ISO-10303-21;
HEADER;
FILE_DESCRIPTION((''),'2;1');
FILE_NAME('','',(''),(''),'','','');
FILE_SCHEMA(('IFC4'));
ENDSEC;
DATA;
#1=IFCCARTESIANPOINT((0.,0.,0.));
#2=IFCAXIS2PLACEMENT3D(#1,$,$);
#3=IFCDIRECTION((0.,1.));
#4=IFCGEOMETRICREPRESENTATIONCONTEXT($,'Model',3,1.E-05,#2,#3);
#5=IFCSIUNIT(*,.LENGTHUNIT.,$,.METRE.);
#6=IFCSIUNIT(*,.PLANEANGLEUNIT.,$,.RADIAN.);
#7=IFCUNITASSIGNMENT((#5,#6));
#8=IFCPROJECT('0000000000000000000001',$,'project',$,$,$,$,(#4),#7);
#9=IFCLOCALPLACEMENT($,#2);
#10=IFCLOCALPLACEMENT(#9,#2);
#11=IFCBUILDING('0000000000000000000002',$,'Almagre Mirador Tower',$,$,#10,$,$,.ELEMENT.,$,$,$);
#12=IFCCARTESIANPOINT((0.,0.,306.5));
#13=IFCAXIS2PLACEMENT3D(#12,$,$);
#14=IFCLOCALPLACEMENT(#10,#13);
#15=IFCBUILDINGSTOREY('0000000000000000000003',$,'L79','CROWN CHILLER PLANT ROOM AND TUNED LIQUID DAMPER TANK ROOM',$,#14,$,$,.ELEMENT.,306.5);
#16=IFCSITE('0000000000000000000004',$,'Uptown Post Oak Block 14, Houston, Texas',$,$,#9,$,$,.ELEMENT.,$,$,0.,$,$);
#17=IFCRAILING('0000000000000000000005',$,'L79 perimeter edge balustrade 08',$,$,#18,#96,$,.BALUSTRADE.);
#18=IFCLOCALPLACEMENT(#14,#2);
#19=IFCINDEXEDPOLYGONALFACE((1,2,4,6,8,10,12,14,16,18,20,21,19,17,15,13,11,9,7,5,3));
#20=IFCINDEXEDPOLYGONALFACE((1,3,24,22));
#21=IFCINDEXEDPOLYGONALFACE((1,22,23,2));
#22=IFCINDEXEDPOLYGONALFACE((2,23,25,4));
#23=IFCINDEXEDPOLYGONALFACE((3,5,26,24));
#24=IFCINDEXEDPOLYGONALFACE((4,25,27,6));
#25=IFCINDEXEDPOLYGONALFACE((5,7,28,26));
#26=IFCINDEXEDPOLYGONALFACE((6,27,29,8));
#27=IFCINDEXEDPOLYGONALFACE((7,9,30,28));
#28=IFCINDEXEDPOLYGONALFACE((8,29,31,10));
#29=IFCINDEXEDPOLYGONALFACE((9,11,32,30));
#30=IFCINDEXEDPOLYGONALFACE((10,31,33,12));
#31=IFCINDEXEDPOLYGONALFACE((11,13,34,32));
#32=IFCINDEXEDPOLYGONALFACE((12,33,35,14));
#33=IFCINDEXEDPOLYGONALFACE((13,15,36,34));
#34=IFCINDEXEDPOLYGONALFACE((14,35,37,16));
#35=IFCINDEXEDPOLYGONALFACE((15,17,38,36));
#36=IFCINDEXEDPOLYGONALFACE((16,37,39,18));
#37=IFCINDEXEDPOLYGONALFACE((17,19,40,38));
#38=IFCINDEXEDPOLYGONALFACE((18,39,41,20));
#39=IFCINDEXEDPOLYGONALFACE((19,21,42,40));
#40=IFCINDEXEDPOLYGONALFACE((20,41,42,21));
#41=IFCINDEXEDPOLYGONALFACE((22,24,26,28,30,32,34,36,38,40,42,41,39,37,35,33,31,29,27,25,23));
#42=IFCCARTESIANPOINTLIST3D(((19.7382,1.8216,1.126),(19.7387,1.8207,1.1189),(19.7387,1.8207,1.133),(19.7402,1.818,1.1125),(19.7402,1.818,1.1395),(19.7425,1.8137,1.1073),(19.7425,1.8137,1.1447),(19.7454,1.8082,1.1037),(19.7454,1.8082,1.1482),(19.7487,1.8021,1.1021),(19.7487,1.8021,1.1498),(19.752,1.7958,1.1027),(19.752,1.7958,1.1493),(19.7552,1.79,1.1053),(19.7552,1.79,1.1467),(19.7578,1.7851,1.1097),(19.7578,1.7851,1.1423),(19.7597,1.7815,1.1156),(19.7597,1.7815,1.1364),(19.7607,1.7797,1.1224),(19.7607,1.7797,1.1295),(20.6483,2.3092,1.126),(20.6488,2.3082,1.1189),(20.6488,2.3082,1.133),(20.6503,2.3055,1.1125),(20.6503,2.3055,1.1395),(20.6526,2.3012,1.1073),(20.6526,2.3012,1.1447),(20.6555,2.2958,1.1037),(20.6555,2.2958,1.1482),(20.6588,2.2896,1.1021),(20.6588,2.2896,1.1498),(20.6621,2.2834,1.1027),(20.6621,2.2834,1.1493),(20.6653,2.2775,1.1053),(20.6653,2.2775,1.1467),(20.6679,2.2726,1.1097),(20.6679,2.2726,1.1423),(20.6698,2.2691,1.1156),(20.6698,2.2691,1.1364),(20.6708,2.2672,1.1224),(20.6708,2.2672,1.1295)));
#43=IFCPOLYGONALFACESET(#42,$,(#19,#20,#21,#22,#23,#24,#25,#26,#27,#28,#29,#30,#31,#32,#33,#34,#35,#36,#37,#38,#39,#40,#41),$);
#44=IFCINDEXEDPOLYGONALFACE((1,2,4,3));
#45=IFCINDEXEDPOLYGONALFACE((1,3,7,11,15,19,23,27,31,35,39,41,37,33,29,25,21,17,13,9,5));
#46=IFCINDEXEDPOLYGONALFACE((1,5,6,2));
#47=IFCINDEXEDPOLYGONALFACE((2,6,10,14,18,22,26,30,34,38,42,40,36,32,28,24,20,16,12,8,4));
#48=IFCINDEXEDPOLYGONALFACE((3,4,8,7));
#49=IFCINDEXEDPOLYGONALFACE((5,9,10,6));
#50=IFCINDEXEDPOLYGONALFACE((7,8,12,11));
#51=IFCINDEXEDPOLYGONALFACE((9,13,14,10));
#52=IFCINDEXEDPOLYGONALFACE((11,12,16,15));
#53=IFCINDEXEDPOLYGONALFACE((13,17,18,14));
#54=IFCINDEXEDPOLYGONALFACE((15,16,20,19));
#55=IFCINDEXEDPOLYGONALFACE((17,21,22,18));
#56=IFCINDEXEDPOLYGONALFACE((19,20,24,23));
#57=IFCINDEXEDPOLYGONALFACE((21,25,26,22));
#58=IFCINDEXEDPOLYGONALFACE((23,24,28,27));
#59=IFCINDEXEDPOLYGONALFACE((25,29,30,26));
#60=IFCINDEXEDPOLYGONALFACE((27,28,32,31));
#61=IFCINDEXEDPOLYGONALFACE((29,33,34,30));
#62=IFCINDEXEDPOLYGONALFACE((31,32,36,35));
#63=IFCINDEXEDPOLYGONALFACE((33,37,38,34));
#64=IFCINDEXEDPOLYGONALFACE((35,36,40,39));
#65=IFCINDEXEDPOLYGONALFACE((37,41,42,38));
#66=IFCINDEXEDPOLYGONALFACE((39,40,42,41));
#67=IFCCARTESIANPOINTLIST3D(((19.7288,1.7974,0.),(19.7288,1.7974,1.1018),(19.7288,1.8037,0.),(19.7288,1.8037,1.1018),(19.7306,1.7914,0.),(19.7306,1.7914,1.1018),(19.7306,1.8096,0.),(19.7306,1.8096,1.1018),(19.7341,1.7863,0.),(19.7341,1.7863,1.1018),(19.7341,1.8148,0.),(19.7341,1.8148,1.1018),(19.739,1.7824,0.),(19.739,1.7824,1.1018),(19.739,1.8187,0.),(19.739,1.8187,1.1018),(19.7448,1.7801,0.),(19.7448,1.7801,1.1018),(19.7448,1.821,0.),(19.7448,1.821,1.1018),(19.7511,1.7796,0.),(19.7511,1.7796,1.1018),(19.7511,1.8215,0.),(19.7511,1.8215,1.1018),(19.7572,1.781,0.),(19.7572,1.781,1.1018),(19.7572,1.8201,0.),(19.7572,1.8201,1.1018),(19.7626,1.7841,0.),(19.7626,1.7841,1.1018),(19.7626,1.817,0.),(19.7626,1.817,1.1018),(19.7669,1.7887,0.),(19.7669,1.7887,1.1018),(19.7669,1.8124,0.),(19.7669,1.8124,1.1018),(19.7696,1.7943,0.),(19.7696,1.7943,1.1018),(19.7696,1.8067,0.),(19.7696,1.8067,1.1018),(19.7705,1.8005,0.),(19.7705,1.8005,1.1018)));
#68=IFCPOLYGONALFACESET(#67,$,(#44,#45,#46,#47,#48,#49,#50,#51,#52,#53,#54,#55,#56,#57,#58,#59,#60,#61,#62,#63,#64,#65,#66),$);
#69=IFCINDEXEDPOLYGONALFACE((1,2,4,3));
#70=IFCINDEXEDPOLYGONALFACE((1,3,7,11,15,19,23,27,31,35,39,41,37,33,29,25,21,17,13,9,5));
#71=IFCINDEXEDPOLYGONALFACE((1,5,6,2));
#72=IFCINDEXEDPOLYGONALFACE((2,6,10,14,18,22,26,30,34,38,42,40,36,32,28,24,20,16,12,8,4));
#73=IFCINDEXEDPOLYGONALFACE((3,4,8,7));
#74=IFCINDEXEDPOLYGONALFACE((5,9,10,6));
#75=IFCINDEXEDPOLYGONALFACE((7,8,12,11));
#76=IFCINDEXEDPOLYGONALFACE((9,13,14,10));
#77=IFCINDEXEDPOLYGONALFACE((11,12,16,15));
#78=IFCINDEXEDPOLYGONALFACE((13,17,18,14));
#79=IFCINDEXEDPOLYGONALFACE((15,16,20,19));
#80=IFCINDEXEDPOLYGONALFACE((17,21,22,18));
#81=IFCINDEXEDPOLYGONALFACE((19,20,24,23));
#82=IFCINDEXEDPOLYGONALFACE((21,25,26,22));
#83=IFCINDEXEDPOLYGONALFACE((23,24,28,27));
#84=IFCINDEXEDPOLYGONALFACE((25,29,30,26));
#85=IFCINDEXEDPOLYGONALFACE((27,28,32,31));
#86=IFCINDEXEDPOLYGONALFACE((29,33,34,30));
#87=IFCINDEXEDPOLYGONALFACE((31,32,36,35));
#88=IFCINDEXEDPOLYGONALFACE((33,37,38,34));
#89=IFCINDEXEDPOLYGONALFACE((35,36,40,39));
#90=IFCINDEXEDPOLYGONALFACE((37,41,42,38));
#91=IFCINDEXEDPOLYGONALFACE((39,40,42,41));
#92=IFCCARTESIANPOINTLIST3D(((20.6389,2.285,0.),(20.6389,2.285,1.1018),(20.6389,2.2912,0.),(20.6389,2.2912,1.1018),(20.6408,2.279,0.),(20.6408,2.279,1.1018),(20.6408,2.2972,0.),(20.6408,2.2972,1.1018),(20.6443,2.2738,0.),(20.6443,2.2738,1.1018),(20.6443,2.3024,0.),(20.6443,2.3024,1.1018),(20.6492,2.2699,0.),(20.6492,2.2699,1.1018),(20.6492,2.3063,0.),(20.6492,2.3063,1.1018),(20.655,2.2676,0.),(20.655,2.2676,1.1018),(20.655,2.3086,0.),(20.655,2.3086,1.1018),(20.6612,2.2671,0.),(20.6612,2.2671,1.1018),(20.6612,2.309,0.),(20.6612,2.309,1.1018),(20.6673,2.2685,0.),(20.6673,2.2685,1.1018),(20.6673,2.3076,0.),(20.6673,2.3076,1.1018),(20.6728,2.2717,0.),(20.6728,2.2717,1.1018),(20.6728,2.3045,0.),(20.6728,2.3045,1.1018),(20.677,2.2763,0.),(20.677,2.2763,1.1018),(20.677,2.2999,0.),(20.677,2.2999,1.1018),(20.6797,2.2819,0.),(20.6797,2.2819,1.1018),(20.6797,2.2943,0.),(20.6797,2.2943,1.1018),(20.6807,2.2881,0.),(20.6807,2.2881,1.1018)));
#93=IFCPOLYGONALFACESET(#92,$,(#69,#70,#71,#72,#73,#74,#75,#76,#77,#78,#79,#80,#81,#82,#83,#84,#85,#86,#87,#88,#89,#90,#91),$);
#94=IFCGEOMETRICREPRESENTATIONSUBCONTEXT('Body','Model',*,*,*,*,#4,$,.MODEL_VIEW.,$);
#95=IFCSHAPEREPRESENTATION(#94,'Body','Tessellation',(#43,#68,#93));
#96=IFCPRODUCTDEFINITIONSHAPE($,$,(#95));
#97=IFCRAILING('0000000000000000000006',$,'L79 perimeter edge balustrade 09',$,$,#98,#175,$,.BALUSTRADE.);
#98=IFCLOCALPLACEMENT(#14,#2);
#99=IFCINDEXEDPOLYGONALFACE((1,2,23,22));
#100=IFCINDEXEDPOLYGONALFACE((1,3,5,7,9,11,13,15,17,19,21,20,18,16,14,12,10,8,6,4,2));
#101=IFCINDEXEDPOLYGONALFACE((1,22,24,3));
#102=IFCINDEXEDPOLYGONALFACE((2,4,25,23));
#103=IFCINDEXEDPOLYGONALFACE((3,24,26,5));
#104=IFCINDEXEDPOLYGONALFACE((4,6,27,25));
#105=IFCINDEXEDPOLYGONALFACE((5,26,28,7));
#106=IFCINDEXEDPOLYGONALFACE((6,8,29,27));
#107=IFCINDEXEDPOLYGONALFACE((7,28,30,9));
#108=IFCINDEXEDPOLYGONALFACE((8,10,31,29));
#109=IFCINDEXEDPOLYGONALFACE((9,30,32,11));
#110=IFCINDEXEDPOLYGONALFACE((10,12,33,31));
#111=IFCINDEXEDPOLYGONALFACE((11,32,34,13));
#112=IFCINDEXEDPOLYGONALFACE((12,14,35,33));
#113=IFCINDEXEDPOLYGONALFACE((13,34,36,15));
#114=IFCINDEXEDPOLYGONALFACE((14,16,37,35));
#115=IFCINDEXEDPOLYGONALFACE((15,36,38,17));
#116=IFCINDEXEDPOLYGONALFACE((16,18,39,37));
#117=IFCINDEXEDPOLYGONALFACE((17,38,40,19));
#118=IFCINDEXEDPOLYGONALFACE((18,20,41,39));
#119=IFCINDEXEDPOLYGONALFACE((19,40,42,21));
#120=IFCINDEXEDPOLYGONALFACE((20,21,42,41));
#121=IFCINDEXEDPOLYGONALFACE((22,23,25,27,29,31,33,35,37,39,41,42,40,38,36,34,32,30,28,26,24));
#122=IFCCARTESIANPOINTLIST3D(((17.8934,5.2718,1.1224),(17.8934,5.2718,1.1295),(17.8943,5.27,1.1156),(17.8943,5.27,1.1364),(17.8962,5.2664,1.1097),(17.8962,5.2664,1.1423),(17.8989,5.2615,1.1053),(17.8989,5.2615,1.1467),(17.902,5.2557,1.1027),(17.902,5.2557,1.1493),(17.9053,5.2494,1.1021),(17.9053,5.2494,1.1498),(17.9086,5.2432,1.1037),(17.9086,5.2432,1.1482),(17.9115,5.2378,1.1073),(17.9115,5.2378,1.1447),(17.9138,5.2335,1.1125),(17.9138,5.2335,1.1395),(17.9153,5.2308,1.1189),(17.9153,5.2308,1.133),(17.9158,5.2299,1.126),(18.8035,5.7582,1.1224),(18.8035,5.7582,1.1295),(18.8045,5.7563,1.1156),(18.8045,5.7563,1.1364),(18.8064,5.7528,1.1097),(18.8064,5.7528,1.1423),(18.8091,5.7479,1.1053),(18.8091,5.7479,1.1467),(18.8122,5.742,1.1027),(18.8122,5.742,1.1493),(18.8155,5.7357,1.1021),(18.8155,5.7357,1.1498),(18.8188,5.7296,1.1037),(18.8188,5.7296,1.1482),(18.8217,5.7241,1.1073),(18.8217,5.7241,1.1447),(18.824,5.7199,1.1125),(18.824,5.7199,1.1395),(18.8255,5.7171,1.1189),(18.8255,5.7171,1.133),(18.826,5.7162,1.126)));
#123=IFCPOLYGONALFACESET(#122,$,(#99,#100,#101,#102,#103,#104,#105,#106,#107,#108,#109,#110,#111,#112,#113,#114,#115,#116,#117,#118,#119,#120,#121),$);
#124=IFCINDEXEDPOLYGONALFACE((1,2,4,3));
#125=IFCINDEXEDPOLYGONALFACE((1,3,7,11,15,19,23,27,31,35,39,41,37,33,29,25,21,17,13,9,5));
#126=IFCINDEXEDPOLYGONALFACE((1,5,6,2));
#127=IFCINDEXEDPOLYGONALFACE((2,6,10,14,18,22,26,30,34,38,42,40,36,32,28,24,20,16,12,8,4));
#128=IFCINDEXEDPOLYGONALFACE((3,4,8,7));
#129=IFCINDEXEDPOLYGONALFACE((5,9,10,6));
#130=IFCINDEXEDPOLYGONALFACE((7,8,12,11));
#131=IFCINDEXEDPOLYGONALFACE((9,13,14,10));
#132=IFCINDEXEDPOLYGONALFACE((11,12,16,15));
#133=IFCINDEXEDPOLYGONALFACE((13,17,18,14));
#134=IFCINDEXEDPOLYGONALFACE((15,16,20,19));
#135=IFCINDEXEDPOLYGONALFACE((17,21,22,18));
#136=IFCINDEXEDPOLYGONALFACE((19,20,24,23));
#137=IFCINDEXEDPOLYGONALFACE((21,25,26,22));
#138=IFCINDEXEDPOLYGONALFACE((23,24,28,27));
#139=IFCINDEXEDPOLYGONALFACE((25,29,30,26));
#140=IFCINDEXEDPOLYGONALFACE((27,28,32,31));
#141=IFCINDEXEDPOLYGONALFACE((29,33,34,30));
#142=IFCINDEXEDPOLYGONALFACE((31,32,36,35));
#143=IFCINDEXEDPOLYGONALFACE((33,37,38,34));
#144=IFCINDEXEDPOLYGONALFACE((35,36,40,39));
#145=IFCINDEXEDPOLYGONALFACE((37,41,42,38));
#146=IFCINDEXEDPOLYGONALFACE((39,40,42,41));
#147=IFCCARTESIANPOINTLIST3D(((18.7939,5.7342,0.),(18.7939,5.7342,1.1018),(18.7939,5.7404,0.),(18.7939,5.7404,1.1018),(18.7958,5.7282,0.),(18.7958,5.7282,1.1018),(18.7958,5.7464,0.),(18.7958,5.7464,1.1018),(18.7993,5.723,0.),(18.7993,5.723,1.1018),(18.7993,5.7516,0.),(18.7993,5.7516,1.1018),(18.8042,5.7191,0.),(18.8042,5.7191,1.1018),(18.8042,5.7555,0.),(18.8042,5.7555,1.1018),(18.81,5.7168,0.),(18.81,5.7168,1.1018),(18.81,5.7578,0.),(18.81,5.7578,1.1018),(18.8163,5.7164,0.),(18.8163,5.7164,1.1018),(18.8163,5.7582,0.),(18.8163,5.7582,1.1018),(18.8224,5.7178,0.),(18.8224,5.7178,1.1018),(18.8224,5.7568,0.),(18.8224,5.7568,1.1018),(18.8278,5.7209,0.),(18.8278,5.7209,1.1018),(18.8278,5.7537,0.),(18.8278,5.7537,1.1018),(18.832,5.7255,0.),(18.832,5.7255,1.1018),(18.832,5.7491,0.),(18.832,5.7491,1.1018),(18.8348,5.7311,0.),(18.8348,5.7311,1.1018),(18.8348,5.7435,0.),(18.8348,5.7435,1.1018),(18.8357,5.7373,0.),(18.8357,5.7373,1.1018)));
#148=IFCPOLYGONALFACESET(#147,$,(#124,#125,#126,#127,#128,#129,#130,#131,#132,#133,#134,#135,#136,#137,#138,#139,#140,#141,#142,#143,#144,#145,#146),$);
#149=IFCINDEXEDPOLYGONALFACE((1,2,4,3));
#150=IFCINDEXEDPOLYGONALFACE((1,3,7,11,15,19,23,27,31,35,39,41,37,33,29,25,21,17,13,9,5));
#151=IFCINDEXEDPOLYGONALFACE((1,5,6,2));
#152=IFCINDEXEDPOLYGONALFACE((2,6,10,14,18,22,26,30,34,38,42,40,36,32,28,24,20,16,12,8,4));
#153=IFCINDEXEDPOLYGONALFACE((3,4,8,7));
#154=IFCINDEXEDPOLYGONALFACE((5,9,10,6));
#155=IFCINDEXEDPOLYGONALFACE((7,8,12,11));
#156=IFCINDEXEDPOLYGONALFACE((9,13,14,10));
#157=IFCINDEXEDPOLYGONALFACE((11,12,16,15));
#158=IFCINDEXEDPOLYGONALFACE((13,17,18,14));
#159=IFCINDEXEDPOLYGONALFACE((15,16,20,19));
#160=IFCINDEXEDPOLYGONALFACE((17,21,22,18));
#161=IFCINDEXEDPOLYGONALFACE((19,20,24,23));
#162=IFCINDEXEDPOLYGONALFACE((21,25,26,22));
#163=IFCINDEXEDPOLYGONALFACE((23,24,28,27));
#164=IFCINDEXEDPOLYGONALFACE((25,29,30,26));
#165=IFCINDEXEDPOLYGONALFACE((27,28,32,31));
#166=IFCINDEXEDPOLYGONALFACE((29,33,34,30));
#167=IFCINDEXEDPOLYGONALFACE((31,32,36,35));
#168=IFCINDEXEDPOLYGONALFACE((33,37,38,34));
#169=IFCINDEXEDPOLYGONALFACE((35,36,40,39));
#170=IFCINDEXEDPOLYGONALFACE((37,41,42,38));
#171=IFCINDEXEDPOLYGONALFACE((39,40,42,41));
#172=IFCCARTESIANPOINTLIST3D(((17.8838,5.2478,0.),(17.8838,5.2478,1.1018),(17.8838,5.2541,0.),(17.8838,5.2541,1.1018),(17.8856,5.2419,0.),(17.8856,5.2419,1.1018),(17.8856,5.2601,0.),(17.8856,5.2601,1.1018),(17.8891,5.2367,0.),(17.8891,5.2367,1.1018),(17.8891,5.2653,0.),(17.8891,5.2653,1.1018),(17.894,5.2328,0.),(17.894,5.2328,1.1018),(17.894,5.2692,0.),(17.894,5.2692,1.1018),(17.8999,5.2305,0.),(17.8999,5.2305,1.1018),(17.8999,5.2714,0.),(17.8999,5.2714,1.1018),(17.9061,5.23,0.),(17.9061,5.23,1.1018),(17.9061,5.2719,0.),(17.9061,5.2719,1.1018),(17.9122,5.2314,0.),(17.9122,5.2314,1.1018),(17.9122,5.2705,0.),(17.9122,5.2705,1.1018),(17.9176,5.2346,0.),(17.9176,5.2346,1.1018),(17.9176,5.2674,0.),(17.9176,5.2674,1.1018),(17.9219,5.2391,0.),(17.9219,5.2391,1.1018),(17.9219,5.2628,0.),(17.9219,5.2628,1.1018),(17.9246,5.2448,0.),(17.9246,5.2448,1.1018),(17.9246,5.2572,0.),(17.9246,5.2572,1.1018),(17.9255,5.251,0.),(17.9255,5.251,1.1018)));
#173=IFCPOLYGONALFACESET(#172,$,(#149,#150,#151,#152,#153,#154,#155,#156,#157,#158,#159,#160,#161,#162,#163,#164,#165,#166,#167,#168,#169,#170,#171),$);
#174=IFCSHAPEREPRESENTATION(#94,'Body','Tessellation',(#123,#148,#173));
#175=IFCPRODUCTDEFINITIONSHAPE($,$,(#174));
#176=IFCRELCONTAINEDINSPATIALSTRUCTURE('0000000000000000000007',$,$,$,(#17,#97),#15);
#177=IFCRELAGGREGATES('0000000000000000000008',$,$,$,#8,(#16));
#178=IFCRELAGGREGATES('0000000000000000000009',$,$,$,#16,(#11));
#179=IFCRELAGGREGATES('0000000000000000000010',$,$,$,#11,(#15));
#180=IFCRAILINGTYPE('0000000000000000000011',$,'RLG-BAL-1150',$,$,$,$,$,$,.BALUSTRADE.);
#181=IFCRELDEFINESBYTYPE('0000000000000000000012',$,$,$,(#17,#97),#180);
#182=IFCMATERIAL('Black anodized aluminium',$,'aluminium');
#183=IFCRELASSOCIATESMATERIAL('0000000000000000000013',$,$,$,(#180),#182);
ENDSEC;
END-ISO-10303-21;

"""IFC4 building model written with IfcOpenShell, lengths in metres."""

from ifc_helpers import new_model, si_unit, direction, frame, origin, origin_2d, place, context, subcontext, project, spatial, circle, extrude, material, type_object, element, save


model = new_model("IFC4")

# Units and contexts
model_context = context("Model", 3, precision=1e-05, world=origin(), true_north=direction((0.0, 1.0)))
body_context = subcontext(model_context, "Body", "Model", "MODEL_VIEW")
ifc_project = project(units=[si_unit("LENGTHUNIT", "METRE"), si_unit("PLANEANGLEUNIT", "RADIAN")], contexts=[model_context])

# Site, building, storey
site_placement = place(None, origin())
site = spatial("IfcSite", under=ifc_project, at=site_placement, Name="Uptown Post Oak Block 14, Houston, Texas", CompositionType="ELEMENT", RefElevation=0.0)
building_placement = place(site_placement, origin())
building = spatial("IfcBuilding", under=site, at=building_placement, Name="Almagre Mirador Tower", CompositionType="ELEMENT")
storey_placement = place(building_placement, frame((0.0, 0.0, 306.5)))
storey = spatial("IfcBuildingStorey", under=building, at=storey_placement, Name="L79", Description="CROWN CHILLER PLANT ROOM AND TUNED LIQUID DAMPER TANK ROOM", CompositionType="ELEMENT", Elevation=306.5)

# Railings
ifc_material_1 = material(Name="Black anodized aluminium", Category="aluminium")
railing_type = type_object("IfcRailingType", Name="RLG-BAL-1150", PredefinedType="BALUSTRADE", material=ifc_material_1)
railing_1_placement = place(storey_placement, frame((19.7495, 1.8005, 0.0)))
element("IfcRailing", 1, at=railing_1_placement, inside=storey, type_object=railing_type, Name="L79 perimeter edge balustrade 08", PredefinedType="BALUSTRADE", context=body_context, shape_type="SweptSolid", body=[
    extrude(circle(Radius=0.0239, at=origin_2d()), frame((0.0, 0.0, 1.126), z_axis=(0.881494, 0.472195, 0.0), x_axis=(-0.472195, 0.881494, 0.0)), (0.0, 0.0, 1.0), 1.0325),
    extrude(circle(Radius=0.021, at=origin_2d()), origin(), (0.0, 0.0, 1.0), 1.1018),
    extrude(circle(Radius=0.021, at=origin_2d()), frame((0.9102, 0.4875, 0.0)), (0.0, 0.0, 1.0), 1.1018),
])
railing_2_placement = place(storey_placement, frame((18.8147, 5.7373, 0.0)))
element("IfcRailing", 2, at=railing_2_placement, inside=storey, type_object=railing_type, Name="L79 perimeter edge balustrade 09", PredefinedType="BALUSTRADE", context=body_context, shape_type="SweptSolid", body=[
    extrude(circle(Radius=0.0239, at=origin_2d()), frame((0.0, 0.0, 1.126), z_axis=(-0.881986, -0.471276, 0.0), x_axis=(0.471276, -0.881986, 0.0)), (0.0, 0.0, 1.0), 1.032),
    extrude(circle(Radius=0.021, at=origin_2d()), origin(), (0.0, 0.0, 1.0), 1.1018),
    extrude(circle(Radius=0.021, at=origin_2d()), frame((-0.9102, -0.4863, 0.0)), (0.0, 0.0, 1.0), 1.1018),
])

save(model, "model.ifc")
